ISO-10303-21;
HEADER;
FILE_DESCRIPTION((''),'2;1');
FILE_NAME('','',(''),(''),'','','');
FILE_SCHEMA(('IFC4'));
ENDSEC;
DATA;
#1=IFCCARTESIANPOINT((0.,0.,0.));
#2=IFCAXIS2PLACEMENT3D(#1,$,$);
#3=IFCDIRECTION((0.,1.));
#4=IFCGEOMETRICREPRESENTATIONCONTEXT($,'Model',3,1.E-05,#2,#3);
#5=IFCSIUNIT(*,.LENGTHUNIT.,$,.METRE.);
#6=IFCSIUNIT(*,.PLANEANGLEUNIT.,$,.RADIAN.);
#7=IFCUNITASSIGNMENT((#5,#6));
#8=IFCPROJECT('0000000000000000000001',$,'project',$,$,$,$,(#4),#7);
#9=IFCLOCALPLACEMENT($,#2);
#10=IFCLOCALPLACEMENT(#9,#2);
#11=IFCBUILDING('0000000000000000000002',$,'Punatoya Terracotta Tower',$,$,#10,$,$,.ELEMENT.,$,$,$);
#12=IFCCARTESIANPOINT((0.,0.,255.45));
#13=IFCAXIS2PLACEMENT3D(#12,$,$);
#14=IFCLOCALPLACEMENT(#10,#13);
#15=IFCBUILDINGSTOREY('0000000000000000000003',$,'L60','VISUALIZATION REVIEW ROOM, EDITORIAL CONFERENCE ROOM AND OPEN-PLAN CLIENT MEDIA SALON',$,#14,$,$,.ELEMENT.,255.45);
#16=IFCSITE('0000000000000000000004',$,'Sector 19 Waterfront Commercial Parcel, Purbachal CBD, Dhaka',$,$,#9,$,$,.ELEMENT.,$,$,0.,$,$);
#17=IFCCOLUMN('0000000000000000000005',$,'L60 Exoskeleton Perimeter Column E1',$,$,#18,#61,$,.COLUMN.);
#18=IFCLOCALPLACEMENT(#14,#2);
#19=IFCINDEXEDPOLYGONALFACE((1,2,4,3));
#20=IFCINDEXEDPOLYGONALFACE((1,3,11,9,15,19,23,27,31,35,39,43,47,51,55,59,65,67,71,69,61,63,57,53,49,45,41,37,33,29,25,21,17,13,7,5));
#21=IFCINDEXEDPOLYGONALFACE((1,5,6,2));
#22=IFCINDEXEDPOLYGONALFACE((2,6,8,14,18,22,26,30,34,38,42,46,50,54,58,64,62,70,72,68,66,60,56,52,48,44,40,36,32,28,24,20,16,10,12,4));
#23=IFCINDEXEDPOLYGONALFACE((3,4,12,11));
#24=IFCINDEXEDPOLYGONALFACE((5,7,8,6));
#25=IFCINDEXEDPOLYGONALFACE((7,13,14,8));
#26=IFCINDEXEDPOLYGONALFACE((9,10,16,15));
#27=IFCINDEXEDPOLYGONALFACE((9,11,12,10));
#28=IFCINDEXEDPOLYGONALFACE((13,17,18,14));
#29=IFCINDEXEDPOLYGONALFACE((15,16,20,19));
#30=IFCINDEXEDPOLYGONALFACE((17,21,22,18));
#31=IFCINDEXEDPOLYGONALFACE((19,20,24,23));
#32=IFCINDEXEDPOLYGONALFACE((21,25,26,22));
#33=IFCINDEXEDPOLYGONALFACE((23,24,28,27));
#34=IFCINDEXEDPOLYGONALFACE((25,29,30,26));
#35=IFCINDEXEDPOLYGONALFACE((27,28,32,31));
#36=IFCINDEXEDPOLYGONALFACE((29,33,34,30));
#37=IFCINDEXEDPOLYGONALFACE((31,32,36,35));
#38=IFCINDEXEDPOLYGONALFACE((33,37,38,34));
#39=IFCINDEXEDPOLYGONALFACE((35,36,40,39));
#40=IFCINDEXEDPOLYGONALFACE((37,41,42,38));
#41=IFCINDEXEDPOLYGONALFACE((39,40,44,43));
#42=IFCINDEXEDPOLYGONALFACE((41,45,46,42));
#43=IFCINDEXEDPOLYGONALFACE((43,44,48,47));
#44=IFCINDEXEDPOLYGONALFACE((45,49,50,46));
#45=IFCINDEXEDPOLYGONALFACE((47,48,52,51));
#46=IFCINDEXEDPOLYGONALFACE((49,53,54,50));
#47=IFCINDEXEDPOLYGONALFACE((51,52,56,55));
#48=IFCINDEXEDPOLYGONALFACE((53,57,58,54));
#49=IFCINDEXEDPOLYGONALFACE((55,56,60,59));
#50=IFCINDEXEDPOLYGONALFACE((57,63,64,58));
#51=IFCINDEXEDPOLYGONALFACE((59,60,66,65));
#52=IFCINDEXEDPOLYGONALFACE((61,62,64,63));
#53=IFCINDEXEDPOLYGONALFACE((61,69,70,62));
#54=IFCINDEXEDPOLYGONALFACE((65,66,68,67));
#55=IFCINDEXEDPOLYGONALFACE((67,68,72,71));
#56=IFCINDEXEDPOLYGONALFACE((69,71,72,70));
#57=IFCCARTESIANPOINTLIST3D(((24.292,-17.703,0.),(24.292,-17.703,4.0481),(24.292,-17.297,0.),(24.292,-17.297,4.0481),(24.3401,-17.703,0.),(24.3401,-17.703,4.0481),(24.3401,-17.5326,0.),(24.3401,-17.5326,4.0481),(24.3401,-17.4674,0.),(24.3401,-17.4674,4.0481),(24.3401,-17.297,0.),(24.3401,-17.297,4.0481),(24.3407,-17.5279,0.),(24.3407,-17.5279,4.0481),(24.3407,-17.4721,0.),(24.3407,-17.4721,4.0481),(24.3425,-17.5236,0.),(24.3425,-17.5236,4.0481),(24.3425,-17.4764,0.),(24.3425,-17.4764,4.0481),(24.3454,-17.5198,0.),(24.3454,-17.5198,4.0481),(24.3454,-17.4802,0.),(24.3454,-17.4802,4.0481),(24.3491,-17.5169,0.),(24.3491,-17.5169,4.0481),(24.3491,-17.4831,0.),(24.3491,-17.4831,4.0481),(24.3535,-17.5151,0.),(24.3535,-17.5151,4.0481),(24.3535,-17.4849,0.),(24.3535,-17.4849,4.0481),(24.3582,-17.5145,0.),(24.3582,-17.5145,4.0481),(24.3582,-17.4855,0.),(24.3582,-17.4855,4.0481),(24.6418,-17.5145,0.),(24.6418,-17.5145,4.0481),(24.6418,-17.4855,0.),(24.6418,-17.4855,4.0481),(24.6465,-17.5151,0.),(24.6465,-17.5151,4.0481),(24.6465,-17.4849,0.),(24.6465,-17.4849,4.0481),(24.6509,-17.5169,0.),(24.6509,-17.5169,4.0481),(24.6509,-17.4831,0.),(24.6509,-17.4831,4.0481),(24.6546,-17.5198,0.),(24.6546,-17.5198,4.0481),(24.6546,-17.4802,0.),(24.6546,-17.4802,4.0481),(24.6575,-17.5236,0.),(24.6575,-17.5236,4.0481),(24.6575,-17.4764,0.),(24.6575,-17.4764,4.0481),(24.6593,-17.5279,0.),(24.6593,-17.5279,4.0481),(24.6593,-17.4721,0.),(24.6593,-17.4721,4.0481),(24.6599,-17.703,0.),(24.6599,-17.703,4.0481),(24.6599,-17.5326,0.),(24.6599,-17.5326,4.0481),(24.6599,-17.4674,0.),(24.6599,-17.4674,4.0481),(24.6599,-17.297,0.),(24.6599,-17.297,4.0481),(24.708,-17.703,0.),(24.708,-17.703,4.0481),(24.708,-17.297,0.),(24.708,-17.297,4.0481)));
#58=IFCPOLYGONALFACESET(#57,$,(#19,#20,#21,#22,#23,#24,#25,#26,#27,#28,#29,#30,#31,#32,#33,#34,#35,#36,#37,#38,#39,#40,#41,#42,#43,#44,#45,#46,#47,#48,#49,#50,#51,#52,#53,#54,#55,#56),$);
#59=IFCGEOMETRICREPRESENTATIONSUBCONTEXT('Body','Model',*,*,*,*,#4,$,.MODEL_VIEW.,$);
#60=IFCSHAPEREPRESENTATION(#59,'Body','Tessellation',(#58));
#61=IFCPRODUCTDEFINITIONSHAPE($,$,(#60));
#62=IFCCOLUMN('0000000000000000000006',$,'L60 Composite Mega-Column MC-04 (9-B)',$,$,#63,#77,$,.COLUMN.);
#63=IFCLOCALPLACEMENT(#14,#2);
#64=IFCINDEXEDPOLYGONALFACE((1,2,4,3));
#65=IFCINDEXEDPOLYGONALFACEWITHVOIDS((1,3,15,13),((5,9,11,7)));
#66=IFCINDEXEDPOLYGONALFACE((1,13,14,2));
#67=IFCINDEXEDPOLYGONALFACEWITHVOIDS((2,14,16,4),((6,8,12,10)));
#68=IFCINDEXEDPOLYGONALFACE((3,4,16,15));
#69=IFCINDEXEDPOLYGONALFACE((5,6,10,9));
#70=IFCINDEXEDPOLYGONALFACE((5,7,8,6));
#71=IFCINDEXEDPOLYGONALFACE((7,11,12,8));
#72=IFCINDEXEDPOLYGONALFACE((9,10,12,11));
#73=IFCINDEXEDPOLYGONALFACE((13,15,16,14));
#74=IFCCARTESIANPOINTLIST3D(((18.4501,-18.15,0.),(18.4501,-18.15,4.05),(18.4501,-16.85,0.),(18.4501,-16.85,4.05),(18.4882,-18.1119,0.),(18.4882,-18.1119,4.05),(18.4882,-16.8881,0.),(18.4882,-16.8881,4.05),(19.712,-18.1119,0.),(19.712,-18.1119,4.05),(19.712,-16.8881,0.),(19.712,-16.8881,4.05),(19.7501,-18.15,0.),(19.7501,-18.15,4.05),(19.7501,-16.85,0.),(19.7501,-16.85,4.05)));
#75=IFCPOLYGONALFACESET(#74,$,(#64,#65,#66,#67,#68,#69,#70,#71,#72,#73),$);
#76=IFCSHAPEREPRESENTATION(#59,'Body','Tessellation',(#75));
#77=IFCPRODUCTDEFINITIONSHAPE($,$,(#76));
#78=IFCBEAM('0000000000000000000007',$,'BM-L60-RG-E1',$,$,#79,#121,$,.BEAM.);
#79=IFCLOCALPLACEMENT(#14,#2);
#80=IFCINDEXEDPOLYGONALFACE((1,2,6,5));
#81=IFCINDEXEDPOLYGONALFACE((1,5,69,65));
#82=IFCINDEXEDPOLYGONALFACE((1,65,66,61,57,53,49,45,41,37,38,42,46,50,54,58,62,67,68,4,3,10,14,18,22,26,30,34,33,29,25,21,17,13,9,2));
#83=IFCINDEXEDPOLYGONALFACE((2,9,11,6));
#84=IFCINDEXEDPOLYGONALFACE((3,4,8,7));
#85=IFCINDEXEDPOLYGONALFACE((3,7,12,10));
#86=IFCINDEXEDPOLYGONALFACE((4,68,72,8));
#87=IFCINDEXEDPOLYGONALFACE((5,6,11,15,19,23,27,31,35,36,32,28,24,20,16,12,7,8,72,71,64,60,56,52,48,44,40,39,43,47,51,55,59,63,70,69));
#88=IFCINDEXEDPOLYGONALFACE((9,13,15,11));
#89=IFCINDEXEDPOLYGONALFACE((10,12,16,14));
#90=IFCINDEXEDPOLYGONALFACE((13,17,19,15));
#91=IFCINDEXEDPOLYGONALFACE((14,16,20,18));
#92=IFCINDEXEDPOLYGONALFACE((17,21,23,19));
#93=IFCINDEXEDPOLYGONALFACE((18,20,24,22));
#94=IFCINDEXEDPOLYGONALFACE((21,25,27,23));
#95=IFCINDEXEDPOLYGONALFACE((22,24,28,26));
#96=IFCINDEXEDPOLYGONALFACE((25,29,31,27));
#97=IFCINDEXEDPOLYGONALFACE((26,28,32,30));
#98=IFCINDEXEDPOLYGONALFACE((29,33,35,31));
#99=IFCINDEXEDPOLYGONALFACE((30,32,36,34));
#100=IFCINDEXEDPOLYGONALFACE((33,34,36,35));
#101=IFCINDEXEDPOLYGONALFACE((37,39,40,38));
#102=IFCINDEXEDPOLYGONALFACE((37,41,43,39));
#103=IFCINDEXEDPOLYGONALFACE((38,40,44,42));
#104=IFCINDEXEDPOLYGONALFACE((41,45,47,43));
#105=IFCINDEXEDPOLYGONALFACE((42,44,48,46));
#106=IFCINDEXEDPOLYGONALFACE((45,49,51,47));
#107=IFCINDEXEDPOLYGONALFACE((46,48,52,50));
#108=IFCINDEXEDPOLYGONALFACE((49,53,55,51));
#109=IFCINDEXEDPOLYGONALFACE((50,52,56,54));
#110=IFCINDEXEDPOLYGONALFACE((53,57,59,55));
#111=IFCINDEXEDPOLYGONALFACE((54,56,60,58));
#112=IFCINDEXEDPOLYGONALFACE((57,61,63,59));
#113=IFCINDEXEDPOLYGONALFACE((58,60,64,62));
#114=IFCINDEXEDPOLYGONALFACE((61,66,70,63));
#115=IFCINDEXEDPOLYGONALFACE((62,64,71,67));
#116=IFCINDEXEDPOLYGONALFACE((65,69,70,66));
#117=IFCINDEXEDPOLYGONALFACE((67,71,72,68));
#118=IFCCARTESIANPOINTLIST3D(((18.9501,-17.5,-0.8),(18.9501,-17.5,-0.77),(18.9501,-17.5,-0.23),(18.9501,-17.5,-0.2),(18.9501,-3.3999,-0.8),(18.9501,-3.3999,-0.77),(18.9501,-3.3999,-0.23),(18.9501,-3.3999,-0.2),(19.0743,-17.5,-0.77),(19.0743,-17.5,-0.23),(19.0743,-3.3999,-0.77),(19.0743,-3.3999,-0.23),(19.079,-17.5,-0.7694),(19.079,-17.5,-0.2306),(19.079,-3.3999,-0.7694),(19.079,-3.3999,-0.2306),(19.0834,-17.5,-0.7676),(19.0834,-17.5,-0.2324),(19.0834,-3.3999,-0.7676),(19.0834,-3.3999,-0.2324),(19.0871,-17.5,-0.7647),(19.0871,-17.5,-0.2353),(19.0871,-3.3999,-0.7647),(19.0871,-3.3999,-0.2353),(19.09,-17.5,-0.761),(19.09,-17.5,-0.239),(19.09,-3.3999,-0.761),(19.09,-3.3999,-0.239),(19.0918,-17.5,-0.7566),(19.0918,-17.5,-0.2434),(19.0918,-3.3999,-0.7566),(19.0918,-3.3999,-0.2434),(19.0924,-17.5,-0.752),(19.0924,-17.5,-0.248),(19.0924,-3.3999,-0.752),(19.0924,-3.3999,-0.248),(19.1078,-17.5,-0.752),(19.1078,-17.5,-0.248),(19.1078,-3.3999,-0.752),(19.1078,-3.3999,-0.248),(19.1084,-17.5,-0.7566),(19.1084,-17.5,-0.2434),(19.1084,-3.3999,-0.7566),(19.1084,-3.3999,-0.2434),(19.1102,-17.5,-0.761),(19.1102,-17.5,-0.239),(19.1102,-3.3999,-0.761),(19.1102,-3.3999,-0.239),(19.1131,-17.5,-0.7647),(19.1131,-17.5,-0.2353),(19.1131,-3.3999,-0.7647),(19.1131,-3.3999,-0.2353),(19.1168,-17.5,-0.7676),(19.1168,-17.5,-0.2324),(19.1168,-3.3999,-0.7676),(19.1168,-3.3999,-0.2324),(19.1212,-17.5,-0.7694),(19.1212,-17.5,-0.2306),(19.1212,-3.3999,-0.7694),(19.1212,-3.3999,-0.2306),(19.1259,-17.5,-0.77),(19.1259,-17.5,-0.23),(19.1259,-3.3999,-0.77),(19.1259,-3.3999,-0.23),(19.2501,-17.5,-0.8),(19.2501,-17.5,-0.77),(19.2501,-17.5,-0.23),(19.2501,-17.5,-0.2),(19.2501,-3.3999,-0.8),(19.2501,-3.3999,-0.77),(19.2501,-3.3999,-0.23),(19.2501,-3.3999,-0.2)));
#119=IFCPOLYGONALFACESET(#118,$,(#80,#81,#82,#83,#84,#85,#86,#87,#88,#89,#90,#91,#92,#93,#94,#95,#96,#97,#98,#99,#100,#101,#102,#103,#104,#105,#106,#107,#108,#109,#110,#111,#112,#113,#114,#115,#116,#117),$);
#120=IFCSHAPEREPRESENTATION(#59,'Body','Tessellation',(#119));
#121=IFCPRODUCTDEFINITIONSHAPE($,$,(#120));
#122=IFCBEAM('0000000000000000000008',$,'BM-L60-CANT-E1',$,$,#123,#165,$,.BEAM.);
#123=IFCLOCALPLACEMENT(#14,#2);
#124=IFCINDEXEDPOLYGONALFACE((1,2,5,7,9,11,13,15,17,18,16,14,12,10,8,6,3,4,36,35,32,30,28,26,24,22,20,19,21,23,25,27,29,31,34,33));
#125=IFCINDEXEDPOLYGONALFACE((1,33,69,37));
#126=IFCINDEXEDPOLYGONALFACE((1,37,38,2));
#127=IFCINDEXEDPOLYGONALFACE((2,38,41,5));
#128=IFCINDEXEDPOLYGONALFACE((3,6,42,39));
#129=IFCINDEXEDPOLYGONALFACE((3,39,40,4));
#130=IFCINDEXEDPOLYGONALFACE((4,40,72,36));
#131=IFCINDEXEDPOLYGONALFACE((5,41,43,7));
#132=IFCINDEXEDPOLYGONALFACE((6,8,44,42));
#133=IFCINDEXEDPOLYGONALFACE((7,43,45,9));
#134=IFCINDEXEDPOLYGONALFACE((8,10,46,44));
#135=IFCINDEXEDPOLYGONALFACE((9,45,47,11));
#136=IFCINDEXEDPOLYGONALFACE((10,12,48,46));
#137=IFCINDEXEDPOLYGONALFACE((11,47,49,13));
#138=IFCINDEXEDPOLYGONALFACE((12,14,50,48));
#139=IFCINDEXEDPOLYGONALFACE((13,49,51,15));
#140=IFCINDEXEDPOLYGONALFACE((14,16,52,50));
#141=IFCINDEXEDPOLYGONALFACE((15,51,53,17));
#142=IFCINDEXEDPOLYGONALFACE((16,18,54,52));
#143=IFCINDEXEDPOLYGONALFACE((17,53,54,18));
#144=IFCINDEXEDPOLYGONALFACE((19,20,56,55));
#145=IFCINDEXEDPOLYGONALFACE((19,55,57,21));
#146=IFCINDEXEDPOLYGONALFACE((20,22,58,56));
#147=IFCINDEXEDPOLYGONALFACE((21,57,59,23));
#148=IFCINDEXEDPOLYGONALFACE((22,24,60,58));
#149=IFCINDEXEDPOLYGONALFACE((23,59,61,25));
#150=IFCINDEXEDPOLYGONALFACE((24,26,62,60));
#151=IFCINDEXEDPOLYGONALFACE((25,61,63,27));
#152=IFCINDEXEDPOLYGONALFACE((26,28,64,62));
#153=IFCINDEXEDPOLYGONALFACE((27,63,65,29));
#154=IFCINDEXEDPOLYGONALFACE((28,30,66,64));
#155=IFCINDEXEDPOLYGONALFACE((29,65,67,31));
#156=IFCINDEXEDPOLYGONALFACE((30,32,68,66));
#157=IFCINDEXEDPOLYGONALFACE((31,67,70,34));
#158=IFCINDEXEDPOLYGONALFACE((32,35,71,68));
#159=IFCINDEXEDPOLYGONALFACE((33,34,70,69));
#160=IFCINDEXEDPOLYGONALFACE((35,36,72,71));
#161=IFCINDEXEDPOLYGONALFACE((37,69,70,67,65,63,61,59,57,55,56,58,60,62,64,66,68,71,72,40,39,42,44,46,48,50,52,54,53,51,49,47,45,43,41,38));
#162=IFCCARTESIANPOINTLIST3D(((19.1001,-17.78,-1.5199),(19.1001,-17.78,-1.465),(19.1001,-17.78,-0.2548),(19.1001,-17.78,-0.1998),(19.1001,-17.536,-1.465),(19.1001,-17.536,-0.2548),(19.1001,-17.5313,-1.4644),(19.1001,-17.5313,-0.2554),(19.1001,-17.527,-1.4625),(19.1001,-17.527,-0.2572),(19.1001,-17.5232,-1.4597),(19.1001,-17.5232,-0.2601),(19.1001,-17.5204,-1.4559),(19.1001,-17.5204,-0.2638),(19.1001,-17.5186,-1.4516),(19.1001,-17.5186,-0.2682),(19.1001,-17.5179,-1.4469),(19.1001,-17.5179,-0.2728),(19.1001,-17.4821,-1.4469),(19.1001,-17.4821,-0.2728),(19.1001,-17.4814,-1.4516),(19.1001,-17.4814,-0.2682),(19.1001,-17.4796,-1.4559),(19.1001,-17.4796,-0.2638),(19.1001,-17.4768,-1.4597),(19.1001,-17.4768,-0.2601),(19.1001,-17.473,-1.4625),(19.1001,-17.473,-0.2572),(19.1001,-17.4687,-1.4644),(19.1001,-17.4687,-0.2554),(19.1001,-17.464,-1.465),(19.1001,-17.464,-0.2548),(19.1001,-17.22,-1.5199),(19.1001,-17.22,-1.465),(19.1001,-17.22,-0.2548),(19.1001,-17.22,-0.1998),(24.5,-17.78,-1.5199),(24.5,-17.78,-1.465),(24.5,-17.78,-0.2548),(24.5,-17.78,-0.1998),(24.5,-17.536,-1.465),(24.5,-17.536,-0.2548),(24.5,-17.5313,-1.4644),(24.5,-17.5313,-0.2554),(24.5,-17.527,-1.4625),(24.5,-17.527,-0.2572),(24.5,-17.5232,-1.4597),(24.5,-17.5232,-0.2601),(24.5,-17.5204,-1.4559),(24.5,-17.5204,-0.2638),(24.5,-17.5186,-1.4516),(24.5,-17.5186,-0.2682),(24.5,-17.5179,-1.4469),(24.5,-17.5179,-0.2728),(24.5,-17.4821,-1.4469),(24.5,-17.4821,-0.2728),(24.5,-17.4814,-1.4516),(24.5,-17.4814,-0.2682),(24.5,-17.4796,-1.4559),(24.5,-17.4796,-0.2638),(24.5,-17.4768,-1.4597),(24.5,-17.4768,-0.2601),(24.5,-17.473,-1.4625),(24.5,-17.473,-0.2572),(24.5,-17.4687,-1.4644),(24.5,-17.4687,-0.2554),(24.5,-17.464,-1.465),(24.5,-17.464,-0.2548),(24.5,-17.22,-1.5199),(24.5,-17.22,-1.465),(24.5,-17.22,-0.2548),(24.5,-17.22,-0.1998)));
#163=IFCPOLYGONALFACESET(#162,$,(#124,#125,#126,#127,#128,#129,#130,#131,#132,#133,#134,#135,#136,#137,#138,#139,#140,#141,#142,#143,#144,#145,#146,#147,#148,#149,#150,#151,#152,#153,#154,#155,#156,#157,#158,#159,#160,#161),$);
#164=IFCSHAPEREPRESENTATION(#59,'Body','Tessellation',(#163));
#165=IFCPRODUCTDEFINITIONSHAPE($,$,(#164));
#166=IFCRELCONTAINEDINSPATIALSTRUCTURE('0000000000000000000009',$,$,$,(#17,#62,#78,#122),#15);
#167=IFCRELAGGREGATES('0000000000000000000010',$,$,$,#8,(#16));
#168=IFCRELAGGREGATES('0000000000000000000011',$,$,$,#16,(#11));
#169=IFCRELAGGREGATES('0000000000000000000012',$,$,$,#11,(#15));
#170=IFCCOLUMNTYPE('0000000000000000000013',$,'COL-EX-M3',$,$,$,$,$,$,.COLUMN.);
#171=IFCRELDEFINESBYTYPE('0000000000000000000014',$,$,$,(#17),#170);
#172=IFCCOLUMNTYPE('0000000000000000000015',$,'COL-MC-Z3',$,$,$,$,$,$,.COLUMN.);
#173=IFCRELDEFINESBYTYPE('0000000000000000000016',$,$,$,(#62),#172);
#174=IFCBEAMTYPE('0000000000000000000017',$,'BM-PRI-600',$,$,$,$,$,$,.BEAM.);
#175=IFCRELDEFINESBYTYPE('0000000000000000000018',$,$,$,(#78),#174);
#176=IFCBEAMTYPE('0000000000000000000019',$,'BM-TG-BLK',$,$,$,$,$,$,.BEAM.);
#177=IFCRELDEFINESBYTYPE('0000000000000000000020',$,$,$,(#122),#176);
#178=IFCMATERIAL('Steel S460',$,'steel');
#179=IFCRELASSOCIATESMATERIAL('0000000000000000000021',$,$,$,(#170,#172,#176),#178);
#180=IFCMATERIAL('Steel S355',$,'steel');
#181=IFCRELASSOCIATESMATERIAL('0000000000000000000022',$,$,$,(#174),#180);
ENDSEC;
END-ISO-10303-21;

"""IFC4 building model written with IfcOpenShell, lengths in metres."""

from ifc_helpers import new_model, si_unit, direction, frame, origin, origin_2d, place, context, subcontext, project, spatial, hollow_rectangle, i_section, extrude, material, material_profile, profile_set, type_object, element, save


model = new_model("IFC4")

# Units and contexts
model_context = context("Model", 3, precision=1e-05, world=origin(), true_north=direction((0.0, 1.0)))
body_context = subcontext(model_context, "Body", "Model", "MODEL_VIEW")
ifc_project = project(units=[si_unit("LENGTHUNIT", "METRE"), si_unit("PLANEANGLEUNIT", "RADIAN")], contexts=[model_context])

# Site, building, storey
site_placement = place(None, origin())
site = spatial("IfcSite", under=ifc_project, at=site_placement, Name="Sector 19 Waterfront Commercial Parcel, Purbachal CBD, Dhaka", CompositionType="ELEMENT", RefElevation=0.0)
building_placement = place(site_placement, origin())
building = spatial("IfcBuilding", under=site, at=building_placement, Name="Punatoya Terracotta Tower", CompositionType="ELEMENT")
storey_placement = place(building_placement, frame((0.0, 0.0, 255.45)))
storey = spatial("IfcBuildingStorey", under=building, at=storey_placement, Name="L60", Description="VISUALIZATION REVIEW ROOM, EDITORIAL CONFERENCE ROOM AND OPEN-PLAN CLIENT MEDIA SALON", CompositionType="ELEMENT", Elevation=255.45)

# Columns
ifc_material_1 = material(Name="Steel S460", Category="steel")
ifc_material_profile_1 = material_profile(ifc_material_1, i_section(OverallWidth=0.406, OverallDepth=0.416, WebThickness=0.0291, FlangeThickness=0.0481, FilletRadius=0.0181, at=origin_2d()))
ifc_profile_set_1 = profile_set([ifc_material_profile_1], Name="Steel S460")
column_type_1 = type_object("IfcColumnType", Name="COL-EX-M3", PredefinedType="COLUMN", material=ifc_profile_set_1)
column_1_placement = place(storey_placement, frame((24.5, -17.5, 0.0), z_axis=(0.0, 0.0, 1.0), x_axis=(0.0, 1.0, 0.0)))
element("IfcColumn", 1, at=column_1_placement, inside=storey, type_object=column_type_1, Name="L60 Exoskeleton Perimeter Column E1", PredefinedType="COLUMN", context=body_context, shape_type="SweptSolid", body=[
    extrude(i_section(OverallWidth=0.406, OverallDepth=0.416, WebThickness=0.0291, FlangeThickness=0.0481, FilletRadius=0.0181, at=origin_2d()), origin(), (0.0, 0.0, 1.0), 4.0481),
])
ifc_material_profile_2 = material_profile(ifc_material_1, hollow_rectangle(XDim=1.3, YDim=1.3, WallThickness=0.0381, at=origin_2d()))
ifc_profile_set_2 = profile_set([ifc_material_profile_2], Name="Steel S460")
column_type_2 = type_object("IfcColumnType", Name="COL-MC-Z3", PredefinedType="COLUMN", material=ifc_profile_set_2)
column_2_placement = place(storey_placement, frame((19.1001, -17.5, 0.0), z_axis=(0.0, 0.0, 1.0), x_axis=(1.0, 0.0, 0.0)))
element("IfcColumn", 2, at=column_2_placement, inside=storey, type_object=column_type_2, Name="L60 Composite Mega-Column MC-04 (9-B)", PredefinedType="COLUMN", context=body_context, shape_type="SweptSolid", body=[
    extrude(hollow_rectangle(XDim=1.3, YDim=1.3, WallThickness=0.0381, at=origin_2d()), origin(), (0.0, 0.0, 1.0), 4.05),
])

# Beams
ifc_material_2 = material(Name="Steel S355", Category="steel")
ifc_material_profile_3 = material_profile(ifc_material_2, i_section(OverallWidth=0.3, OverallDepth=0.6001, WebThickness=0.0154, FlangeThickness=0.03, FilletRadius=0.0181, at=origin_2d()))
ifc_profile_set_3 = profile_set([ifc_material_profile_3], Name="Steel S355")
beam_type_1 = type_object("IfcBeamType", Name="BM-PRI-600", PredefinedType="BEAM", material=ifc_profile_set_3)
beam_1_placement = place(storey_placement, frame((19.1001, -17.5, -0.5), z_axis=(0.0, 1.0, 0.0), x_axis=(-1.0, 0.0, 0.0)))
element("IfcBeam", 3, at=beam_1_placement, inside=storey, type_object=beam_type_1, Name="BM-L60-RG-E1", PredefinedType="BEAM", context=body_context, shape_type="SweptSolid", body=[
    extrude(i_section(OverallWidth=0.3, OverallDepth=0.6001, WebThickness=0.0154, FlangeThickness=0.03, FilletRadius=0.0181, at=origin_2d()), origin(), (0.0, 0.0, 1.0), 14.1001),
])
ifc_material_profile_4 = material_profile(ifc_material_1, i_section(OverallWidth=0.5601, OverallDepth=1.3201, WebThickness=0.0359, FlangeThickness=0.0549, FilletRadius=0.0181, at=origin_2d()))
ifc_profile_set_4 = profile_set([ifc_material_profile_4], Name="Steel S460")
beam_type_2 = type_object("IfcBeamType", Name="BM-TG-BLK", PredefinedType="BEAM", material=ifc_profile_set_4)
beam_2_placement = place(storey_placement, frame((19.1001, -17.5, -0.8599), z_axis=(1.0, 0.0, 0.0), x_axis=(0.0, 1.0, 0.0)))
element("IfcBeam", 4, at=beam_2_placement, inside=storey, type_object=beam_type_2, Name="BM-L60-CANT-E1", PredefinedType="BEAM", context=body_context, shape_type="SweptSolid", body=[
    extrude(i_section(OverallWidth=0.5601, OverallDepth=1.3201, WebThickness=0.0359, FlangeThickness=0.0549, FilletRadius=0.0181, at=origin_2d()), origin(), (0.0, 0.0, 1.0), 5.3999),
])

save(model, "model.ifc")
